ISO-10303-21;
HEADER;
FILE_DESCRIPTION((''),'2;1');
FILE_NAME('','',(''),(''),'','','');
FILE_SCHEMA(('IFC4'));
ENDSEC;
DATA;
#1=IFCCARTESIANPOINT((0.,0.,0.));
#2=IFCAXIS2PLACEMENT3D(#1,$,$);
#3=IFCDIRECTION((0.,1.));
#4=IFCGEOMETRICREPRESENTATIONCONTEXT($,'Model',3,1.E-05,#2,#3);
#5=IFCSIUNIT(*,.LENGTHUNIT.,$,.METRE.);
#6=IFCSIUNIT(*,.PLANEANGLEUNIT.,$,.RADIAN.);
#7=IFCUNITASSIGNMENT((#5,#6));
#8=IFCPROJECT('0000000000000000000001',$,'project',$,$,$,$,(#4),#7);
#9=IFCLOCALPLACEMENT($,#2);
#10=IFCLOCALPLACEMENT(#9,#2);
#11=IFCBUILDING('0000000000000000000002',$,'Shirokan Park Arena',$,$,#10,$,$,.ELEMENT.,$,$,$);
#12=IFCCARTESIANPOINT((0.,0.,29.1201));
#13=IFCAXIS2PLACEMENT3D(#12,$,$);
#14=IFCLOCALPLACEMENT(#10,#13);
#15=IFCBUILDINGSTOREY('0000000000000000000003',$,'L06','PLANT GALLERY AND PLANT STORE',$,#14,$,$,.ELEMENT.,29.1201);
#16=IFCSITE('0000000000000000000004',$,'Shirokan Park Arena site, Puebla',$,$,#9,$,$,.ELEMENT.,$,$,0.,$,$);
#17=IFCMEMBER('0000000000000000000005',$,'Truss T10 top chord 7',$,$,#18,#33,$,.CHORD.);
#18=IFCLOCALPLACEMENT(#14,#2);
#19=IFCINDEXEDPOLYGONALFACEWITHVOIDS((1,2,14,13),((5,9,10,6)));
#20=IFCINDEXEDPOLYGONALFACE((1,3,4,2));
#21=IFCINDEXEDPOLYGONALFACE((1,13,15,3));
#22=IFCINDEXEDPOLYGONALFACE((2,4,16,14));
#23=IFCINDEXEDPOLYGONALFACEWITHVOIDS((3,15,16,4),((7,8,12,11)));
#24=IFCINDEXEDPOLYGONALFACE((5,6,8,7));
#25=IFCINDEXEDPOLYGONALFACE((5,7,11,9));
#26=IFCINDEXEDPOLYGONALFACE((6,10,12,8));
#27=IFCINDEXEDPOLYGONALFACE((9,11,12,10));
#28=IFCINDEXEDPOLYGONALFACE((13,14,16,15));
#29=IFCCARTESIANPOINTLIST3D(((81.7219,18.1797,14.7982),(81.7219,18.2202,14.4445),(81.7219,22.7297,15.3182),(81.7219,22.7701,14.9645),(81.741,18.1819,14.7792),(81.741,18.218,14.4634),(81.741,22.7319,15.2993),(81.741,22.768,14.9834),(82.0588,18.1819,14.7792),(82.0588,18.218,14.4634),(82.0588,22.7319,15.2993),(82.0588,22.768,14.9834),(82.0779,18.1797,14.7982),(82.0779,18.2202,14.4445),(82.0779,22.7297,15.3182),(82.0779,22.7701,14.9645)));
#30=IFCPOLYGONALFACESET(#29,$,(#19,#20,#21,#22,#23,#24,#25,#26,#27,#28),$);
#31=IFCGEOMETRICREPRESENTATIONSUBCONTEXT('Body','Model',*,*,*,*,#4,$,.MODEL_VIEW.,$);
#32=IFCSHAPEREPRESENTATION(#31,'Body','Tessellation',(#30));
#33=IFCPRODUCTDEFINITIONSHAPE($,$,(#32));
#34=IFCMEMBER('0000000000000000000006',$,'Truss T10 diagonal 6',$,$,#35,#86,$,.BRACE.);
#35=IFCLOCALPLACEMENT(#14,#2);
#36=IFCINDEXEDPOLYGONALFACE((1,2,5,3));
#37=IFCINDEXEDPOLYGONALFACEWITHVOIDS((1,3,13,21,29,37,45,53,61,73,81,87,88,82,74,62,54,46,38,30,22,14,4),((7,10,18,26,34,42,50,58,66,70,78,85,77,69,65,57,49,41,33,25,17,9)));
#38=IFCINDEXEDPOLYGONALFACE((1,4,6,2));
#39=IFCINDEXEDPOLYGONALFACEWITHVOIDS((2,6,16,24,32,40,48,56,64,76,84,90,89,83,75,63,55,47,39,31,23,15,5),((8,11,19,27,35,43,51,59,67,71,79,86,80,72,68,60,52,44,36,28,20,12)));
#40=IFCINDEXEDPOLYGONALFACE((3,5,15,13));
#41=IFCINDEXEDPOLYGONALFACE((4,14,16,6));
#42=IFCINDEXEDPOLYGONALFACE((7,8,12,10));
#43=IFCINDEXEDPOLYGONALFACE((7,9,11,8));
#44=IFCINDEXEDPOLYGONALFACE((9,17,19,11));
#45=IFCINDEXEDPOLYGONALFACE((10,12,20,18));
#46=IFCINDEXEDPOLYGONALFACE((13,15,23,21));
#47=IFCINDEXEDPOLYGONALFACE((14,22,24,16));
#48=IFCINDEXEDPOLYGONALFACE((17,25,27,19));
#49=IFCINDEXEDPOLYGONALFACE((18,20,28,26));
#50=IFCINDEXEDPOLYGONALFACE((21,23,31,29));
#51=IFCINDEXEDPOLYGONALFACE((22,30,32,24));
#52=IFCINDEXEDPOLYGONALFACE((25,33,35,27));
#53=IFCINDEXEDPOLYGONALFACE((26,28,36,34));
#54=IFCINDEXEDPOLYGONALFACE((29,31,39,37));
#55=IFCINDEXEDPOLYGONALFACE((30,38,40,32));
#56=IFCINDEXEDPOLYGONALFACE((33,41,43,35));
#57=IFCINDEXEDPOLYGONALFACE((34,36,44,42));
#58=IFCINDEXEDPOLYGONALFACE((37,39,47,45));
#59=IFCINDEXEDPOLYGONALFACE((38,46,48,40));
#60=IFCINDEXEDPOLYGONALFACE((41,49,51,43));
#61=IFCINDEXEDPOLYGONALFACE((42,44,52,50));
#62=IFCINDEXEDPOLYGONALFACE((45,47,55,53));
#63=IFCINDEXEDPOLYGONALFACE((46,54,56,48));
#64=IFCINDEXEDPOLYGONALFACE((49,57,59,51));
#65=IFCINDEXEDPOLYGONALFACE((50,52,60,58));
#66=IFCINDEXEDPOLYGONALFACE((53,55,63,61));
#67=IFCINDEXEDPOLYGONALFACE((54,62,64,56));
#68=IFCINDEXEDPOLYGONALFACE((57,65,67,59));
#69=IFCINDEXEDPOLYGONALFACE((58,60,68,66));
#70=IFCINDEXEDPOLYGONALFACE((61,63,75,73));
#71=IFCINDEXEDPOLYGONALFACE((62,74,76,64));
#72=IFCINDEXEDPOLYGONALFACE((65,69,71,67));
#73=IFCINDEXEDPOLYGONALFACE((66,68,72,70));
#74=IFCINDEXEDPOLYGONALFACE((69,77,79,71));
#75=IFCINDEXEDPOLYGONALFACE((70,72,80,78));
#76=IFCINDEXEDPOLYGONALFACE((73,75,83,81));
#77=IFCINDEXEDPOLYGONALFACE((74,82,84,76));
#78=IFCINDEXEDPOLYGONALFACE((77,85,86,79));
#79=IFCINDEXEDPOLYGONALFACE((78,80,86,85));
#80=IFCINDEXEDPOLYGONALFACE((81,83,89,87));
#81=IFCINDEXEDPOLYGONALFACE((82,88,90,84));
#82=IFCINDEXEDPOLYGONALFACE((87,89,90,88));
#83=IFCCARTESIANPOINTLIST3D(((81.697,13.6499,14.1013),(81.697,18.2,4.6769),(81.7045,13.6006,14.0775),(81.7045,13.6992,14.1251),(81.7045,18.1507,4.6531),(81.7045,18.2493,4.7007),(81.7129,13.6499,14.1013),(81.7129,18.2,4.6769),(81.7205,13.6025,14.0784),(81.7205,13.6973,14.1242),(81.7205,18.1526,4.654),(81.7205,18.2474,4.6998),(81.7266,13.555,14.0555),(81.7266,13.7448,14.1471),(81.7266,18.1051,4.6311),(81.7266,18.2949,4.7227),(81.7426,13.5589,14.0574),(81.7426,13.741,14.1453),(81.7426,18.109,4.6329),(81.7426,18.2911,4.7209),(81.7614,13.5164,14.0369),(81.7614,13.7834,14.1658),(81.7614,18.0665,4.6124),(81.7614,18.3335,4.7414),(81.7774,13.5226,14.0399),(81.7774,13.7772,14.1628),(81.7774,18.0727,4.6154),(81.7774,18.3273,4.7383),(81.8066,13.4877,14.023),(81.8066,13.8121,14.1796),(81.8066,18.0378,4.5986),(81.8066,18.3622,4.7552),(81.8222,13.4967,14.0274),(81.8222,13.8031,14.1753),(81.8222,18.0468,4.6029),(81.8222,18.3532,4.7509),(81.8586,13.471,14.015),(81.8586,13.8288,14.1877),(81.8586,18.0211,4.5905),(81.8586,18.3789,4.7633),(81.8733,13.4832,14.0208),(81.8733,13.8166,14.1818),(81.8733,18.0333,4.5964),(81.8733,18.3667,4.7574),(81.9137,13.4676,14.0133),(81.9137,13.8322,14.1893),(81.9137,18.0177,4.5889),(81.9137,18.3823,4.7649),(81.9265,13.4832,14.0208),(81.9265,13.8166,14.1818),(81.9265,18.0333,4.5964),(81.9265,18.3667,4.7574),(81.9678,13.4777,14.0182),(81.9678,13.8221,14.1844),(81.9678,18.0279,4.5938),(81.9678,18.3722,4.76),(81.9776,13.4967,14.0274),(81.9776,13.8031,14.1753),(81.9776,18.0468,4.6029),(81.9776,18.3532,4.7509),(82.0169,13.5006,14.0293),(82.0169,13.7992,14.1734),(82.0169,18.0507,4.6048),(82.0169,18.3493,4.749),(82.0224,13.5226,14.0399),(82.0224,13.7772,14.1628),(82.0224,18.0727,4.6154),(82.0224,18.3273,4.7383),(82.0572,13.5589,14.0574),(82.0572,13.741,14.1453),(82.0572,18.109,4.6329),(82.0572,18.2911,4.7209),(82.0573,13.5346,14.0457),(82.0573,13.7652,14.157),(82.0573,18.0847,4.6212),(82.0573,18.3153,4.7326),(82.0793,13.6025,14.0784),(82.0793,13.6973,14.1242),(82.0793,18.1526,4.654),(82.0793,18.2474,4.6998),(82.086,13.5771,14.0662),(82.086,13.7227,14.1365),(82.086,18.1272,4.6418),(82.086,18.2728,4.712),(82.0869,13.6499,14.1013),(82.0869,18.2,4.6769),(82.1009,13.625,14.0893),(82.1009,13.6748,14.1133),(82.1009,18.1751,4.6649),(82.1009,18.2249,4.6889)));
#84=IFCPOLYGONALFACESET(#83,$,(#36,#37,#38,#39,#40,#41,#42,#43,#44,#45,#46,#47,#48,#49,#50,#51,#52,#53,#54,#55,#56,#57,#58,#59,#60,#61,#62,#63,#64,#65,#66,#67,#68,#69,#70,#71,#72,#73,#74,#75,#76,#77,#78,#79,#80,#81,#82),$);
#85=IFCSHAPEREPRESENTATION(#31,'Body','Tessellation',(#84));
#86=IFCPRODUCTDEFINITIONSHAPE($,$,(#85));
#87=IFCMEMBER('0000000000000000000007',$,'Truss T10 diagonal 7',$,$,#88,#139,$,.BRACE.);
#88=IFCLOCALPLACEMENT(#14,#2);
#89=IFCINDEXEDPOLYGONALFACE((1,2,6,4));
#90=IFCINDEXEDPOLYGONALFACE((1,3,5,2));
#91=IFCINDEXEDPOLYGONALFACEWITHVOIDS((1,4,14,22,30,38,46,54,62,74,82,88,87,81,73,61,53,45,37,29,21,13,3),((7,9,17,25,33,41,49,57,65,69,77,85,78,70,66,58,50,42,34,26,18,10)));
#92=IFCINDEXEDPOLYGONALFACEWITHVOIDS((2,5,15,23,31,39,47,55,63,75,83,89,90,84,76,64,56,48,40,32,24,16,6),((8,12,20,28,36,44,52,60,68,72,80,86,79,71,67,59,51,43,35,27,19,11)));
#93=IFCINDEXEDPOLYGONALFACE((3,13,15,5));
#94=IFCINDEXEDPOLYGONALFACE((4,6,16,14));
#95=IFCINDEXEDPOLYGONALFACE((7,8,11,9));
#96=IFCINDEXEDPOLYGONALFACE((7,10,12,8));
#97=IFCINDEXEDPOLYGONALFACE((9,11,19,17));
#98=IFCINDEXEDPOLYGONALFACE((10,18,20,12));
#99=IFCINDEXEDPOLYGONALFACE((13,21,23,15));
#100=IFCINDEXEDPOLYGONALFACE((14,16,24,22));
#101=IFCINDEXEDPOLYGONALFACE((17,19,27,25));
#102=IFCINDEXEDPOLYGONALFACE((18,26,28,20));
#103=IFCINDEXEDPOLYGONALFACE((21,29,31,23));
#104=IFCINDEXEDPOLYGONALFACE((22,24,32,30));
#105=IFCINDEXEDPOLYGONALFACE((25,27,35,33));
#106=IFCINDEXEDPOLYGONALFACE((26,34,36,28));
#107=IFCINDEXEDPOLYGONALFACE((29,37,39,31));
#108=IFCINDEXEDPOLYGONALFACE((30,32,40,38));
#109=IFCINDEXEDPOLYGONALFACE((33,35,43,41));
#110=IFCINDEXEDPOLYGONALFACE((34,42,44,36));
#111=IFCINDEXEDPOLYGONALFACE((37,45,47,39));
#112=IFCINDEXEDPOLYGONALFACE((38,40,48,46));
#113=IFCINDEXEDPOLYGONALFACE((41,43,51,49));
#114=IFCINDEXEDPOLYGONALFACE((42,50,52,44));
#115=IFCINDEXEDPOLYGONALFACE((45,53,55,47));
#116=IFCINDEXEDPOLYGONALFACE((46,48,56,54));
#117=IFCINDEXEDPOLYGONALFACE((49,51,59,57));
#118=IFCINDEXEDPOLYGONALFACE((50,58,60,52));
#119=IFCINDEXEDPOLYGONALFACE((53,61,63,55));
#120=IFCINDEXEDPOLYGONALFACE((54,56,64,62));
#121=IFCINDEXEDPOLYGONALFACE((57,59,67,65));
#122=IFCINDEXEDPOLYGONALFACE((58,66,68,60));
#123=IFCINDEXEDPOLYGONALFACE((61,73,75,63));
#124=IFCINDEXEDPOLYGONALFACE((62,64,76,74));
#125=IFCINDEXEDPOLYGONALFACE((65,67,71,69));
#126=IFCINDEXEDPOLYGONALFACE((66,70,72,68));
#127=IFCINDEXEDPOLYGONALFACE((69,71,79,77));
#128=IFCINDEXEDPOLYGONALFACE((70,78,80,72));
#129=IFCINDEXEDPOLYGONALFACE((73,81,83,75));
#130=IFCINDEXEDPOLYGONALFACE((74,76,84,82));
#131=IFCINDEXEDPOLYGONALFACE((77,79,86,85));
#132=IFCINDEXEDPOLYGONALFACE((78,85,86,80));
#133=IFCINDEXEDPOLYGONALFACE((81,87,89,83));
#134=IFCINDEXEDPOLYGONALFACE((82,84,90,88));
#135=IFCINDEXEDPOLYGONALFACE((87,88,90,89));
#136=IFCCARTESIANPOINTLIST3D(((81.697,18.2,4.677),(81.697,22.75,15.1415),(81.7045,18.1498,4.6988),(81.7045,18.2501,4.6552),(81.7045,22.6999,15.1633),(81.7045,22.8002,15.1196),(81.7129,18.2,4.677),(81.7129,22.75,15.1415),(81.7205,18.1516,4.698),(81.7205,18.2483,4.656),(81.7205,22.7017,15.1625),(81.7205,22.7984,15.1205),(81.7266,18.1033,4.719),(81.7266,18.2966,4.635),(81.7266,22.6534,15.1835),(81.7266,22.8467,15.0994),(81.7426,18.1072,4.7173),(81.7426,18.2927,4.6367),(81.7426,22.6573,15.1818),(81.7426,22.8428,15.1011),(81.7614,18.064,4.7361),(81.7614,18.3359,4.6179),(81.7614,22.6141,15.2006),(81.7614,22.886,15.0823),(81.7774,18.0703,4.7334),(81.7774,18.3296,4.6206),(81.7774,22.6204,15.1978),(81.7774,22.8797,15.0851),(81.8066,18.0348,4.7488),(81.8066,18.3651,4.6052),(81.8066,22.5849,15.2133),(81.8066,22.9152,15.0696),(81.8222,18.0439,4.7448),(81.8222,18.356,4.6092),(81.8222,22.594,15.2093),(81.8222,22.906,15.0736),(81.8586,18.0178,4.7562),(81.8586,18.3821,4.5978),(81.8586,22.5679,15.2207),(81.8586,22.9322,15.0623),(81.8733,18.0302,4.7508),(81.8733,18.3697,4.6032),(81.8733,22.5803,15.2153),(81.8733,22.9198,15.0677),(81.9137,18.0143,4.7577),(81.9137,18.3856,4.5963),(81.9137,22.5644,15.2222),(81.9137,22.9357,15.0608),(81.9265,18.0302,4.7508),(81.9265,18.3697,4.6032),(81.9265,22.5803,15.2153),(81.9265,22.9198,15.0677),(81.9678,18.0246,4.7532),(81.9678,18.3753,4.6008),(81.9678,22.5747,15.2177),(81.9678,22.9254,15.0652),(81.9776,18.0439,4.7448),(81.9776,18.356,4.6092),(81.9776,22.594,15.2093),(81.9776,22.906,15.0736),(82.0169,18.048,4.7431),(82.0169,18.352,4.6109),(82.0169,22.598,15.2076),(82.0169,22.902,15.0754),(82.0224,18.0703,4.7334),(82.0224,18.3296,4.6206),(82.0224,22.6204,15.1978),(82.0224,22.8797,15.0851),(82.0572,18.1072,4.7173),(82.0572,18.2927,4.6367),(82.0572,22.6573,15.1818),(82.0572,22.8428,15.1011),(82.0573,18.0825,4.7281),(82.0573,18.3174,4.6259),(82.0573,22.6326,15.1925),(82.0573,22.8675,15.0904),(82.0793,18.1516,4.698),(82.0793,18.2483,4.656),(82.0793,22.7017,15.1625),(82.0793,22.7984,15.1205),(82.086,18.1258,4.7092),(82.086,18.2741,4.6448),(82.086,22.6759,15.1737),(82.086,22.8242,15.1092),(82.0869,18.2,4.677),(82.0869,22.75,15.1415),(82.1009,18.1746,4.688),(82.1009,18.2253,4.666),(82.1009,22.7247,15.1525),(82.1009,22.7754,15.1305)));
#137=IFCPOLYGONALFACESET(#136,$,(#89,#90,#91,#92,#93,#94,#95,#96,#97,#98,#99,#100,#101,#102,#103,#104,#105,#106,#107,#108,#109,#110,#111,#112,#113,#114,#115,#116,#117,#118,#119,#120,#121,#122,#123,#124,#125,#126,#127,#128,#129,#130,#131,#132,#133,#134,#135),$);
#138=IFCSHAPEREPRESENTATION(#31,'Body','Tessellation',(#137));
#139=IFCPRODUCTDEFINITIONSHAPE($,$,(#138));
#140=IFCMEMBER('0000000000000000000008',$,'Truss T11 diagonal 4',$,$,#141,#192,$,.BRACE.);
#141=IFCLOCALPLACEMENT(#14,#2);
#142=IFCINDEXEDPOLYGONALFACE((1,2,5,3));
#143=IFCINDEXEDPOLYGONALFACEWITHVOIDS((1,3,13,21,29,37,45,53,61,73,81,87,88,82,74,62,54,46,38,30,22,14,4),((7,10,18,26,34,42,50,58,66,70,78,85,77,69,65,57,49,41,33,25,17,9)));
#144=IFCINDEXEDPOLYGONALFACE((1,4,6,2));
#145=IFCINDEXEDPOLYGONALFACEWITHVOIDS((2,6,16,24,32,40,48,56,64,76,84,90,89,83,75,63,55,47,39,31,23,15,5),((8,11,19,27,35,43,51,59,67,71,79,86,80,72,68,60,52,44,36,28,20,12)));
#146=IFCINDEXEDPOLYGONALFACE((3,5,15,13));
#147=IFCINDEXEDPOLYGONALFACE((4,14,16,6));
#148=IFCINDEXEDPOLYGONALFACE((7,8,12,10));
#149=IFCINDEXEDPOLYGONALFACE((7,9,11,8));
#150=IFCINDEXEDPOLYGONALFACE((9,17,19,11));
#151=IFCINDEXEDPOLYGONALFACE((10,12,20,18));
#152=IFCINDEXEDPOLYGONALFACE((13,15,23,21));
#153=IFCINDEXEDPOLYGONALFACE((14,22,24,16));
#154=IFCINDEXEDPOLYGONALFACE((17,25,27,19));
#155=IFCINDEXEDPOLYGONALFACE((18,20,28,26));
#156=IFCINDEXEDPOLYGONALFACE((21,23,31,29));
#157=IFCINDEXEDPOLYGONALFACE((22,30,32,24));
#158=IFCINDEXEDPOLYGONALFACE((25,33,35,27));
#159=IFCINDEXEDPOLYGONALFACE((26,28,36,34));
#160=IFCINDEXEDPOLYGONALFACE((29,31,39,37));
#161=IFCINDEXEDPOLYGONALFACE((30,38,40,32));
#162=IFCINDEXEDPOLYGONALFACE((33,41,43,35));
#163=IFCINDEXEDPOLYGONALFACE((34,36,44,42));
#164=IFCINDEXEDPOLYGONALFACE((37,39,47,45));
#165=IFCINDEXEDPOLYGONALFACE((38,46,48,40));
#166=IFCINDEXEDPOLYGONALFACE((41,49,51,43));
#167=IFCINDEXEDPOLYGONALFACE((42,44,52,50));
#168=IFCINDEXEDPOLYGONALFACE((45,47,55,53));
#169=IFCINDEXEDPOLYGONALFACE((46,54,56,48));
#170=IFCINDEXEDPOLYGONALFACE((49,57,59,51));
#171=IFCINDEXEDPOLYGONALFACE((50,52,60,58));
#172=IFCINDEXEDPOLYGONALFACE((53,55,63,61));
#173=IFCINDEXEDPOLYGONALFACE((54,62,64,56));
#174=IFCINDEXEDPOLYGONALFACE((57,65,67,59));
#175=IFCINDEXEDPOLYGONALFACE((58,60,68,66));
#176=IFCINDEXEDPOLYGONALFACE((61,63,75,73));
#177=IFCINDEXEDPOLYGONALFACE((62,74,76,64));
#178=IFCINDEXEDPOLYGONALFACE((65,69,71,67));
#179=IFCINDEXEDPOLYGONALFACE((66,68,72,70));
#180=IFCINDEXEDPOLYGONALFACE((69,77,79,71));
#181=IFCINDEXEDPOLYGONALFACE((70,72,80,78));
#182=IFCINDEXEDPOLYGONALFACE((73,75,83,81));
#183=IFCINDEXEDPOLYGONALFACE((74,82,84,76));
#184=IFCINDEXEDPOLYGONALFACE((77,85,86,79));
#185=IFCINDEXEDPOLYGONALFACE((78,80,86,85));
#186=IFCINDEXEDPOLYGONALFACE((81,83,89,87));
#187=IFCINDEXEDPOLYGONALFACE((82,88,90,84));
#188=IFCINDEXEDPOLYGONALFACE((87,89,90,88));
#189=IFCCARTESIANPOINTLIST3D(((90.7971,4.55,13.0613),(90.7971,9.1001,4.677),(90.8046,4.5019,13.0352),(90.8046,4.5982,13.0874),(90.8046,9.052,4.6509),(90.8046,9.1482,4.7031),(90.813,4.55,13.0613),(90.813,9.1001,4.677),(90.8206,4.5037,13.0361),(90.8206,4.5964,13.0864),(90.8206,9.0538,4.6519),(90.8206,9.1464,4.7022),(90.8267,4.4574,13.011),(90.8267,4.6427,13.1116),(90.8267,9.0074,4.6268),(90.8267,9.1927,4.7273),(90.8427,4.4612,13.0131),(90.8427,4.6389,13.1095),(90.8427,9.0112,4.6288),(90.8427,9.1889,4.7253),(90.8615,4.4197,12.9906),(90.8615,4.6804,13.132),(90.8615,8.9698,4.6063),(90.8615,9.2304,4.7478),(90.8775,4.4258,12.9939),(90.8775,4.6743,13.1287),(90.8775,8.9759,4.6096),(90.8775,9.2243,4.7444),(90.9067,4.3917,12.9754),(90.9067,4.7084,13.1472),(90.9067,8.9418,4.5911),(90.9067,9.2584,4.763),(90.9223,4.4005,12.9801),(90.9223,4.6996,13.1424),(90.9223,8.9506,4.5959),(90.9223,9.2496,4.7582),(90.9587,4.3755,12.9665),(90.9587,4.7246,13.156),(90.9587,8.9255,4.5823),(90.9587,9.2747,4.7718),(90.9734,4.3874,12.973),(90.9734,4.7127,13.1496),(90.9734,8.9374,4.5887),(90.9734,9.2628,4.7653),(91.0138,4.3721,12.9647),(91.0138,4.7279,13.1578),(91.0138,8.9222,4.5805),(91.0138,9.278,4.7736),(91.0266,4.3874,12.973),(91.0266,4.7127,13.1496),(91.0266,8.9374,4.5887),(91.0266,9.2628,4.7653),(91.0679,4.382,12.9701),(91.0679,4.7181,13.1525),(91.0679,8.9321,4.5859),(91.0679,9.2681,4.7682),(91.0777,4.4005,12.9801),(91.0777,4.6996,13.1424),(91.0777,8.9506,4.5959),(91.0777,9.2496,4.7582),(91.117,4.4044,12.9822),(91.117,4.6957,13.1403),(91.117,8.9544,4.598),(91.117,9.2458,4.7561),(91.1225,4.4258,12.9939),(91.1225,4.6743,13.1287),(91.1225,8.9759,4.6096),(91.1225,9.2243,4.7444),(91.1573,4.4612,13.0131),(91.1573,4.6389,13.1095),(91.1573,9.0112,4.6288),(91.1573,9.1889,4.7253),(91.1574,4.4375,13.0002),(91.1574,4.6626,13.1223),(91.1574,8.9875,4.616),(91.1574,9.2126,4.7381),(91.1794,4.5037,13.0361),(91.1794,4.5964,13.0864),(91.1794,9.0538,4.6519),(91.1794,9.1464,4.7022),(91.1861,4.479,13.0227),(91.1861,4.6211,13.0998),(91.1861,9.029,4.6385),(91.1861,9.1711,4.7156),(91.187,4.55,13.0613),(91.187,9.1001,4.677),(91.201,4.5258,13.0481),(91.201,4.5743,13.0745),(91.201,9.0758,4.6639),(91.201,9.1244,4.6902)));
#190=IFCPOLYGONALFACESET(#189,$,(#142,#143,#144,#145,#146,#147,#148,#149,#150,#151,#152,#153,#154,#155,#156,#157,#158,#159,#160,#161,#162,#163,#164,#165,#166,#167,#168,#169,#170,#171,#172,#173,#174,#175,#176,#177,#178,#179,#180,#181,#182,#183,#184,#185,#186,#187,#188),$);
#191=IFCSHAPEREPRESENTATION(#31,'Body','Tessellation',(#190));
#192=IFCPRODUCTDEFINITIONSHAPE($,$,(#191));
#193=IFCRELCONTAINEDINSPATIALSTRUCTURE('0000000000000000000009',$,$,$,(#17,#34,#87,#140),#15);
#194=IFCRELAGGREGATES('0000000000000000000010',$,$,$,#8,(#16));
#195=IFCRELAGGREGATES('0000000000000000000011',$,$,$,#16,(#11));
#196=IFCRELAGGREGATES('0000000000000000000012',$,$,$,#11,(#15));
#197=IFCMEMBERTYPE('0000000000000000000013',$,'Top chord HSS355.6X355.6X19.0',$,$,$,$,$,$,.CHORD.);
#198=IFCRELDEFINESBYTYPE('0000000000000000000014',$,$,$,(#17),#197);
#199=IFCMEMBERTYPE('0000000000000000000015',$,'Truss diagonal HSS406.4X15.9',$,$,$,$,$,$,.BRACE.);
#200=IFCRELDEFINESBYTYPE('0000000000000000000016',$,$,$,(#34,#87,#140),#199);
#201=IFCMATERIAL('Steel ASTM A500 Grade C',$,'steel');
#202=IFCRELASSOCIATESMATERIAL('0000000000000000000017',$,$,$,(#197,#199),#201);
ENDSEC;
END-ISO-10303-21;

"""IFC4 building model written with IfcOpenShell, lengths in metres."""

from ifc_helpers import new_model, si_unit, direction, frame, origin, origin_2d, place, context, subcontext, project, spatial, hollow_rectangle, hollow_circle, extrude, material, material_profile, profile_set, type_object, element, save


model = new_model("IFC4")

# Units and contexts
model_context = context("Model", 3, precision=1e-05, world=origin(), true_north=direction((0.0, 1.0)))
body_context = subcontext(model_context, "Body", "Model", "MODEL_VIEW")
ifc_project = project(units=[si_unit("LENGTHUNIT", "METRE"), si_unit("PLANEANGLEUNIT", "RADIAN")], contexts=[model_context])

# Site, building, storey
site_placement = place(None, origin())
site = spatial("IfcSite", under=ifc_project, at=site_placement, Name="Shirokan Park Arena site, Puebla", CompositionType="ELEMENT", RefElevation=0.0)
building_placement = place(site_placement, origin())
building = spatial("IfcBuilding", under=site, at=building_placement, Name="Shirokan Park Arena", CompositionType="ELEMENT")
storey_placement = place(building_placement, frame((0.0, 0.0, 29.1201)))
storey = spatial("IfcBuildingStorey", under=building, at=storey_placement, Name="L06", Description="PLANT GALLERY AND PLANT STORE", CompositionType="ELEMENT", Elevation=29.1201)

# Members
ifc_material_1 = material(Name="Steel ASTM A500 Grade C", Category="steel")
ifc_material_profile_1 = material_profile(ifc_material_1, hollow_rectangle(XDim=0.356, YDim=0.356, WallThickness=0.019, at=origin_2d()), Name="HSS355.6X355.6X19.0")
ifc_profile_set_1 = profile_set([ifc_material_profile_1], Name="Steel ASTM A500 Grade C")
member_type_1 = type_object("IfcMemberType", Name="Top chord HSS355.6X355.6X19.0", PredefinedType="CHORD", material=ifc_profile_set_1)
member_1_placement = place(storey_placement, frame((81.8999, 18.2, 14.6213), z_axis=(0.0, 0.993532, 0.11355), x_axis=(-1.0, 0.0, 0.0)))
element("IfcMember", 1, at=member_1_placement, inside=storey, type_object=member_type_1, Name="Truss T10 top chord 7", PredefinedType="CHORD", context=body_context, shape_type="SweptSolid", body=[
    extrude(hollow_rectangle(XDim=0.356, YDim=0.356, WallThickness=0.019, at=origin_2d()), origin(), (0.0, 0.0, 1.0), 4.5796),
])
ifc_material_profile_2 = material_profile(ifc_material_1, hollow_circle(Radius=0.2029, WallThickness=0.0159, at=origin_2d()), Name="HSS406.4X15.9")
ifc_profile_set_2 = profile_set([ifc_material_profile_2], Name="Steel ASTM A500 Grade C")
member_type_2 = type_object("IfcMemberType", Name="Truss diagonal HSS406.4X15.9", PredefinedType="BRACE", material=ifc_profile_set_2)
member_2_placement = place(storey_placement, frame((81.8999, 13.6499, 14.1013), z_axis=(0.0, 0.434778, -0.900537), x_axis=(-1.0, 0.0, 0.0)))
element("IfcMember", 2, at=member_2_placement, inside=storey, type_object=member_type_2, Name="Truss T10 diagonal 6", PredefinedType="BRACE", context=body_context, shape_type="SweptSolid", body=[
    extrude(hollow_circle(Radius=0.2029, WallThickness=0.0159, at=origin_2d()), origin(), (0.0, 0.0, 1.0), 10.4653),
])
member_3_placement = place(storey_placement, frame((81.8999, 18.2, 4.677), z_axis=(0.0, 0.39875, 0.91706), x_axis=(-1.0, 0.0, 0.0)))
element("IfcMember", 3, at=member_3_placement, inside=storey, type_object=member_type_2, Name="Truss T10 diagonal 7", PredefinedType="BRACE", context=body_context, shape_type="SweptSolid", body=[
    extrude(hollow_circle(Radius=0.2029, WallThickness=0.0159, at=origin_2d()), origin(), (0.0, 0.0, 1.0), 11.4109),
])
member_4_placement = place(storey_placement, frame((91.0, 4.55, 13.0613), z_axis=(0.0, 0.476977, -0.878916), x_axis=(-1.0, 0.0, 0.0)))
element("IfcMember", 4, at=member_4_placement, inside=storey, type_object=member_type_2, Name="Truss T11 diagonal 4", PredefinedType="BRACE", context=body_context, shape_type="SweptSolid", body=[
    extrude(hollow_circle(Radius=0.2029, WallThickness=0.0159, at=origin_2d()), origin(), (0.0, 0.0, 1.0), 9.5393),
])

save(model, "model.ifc")
